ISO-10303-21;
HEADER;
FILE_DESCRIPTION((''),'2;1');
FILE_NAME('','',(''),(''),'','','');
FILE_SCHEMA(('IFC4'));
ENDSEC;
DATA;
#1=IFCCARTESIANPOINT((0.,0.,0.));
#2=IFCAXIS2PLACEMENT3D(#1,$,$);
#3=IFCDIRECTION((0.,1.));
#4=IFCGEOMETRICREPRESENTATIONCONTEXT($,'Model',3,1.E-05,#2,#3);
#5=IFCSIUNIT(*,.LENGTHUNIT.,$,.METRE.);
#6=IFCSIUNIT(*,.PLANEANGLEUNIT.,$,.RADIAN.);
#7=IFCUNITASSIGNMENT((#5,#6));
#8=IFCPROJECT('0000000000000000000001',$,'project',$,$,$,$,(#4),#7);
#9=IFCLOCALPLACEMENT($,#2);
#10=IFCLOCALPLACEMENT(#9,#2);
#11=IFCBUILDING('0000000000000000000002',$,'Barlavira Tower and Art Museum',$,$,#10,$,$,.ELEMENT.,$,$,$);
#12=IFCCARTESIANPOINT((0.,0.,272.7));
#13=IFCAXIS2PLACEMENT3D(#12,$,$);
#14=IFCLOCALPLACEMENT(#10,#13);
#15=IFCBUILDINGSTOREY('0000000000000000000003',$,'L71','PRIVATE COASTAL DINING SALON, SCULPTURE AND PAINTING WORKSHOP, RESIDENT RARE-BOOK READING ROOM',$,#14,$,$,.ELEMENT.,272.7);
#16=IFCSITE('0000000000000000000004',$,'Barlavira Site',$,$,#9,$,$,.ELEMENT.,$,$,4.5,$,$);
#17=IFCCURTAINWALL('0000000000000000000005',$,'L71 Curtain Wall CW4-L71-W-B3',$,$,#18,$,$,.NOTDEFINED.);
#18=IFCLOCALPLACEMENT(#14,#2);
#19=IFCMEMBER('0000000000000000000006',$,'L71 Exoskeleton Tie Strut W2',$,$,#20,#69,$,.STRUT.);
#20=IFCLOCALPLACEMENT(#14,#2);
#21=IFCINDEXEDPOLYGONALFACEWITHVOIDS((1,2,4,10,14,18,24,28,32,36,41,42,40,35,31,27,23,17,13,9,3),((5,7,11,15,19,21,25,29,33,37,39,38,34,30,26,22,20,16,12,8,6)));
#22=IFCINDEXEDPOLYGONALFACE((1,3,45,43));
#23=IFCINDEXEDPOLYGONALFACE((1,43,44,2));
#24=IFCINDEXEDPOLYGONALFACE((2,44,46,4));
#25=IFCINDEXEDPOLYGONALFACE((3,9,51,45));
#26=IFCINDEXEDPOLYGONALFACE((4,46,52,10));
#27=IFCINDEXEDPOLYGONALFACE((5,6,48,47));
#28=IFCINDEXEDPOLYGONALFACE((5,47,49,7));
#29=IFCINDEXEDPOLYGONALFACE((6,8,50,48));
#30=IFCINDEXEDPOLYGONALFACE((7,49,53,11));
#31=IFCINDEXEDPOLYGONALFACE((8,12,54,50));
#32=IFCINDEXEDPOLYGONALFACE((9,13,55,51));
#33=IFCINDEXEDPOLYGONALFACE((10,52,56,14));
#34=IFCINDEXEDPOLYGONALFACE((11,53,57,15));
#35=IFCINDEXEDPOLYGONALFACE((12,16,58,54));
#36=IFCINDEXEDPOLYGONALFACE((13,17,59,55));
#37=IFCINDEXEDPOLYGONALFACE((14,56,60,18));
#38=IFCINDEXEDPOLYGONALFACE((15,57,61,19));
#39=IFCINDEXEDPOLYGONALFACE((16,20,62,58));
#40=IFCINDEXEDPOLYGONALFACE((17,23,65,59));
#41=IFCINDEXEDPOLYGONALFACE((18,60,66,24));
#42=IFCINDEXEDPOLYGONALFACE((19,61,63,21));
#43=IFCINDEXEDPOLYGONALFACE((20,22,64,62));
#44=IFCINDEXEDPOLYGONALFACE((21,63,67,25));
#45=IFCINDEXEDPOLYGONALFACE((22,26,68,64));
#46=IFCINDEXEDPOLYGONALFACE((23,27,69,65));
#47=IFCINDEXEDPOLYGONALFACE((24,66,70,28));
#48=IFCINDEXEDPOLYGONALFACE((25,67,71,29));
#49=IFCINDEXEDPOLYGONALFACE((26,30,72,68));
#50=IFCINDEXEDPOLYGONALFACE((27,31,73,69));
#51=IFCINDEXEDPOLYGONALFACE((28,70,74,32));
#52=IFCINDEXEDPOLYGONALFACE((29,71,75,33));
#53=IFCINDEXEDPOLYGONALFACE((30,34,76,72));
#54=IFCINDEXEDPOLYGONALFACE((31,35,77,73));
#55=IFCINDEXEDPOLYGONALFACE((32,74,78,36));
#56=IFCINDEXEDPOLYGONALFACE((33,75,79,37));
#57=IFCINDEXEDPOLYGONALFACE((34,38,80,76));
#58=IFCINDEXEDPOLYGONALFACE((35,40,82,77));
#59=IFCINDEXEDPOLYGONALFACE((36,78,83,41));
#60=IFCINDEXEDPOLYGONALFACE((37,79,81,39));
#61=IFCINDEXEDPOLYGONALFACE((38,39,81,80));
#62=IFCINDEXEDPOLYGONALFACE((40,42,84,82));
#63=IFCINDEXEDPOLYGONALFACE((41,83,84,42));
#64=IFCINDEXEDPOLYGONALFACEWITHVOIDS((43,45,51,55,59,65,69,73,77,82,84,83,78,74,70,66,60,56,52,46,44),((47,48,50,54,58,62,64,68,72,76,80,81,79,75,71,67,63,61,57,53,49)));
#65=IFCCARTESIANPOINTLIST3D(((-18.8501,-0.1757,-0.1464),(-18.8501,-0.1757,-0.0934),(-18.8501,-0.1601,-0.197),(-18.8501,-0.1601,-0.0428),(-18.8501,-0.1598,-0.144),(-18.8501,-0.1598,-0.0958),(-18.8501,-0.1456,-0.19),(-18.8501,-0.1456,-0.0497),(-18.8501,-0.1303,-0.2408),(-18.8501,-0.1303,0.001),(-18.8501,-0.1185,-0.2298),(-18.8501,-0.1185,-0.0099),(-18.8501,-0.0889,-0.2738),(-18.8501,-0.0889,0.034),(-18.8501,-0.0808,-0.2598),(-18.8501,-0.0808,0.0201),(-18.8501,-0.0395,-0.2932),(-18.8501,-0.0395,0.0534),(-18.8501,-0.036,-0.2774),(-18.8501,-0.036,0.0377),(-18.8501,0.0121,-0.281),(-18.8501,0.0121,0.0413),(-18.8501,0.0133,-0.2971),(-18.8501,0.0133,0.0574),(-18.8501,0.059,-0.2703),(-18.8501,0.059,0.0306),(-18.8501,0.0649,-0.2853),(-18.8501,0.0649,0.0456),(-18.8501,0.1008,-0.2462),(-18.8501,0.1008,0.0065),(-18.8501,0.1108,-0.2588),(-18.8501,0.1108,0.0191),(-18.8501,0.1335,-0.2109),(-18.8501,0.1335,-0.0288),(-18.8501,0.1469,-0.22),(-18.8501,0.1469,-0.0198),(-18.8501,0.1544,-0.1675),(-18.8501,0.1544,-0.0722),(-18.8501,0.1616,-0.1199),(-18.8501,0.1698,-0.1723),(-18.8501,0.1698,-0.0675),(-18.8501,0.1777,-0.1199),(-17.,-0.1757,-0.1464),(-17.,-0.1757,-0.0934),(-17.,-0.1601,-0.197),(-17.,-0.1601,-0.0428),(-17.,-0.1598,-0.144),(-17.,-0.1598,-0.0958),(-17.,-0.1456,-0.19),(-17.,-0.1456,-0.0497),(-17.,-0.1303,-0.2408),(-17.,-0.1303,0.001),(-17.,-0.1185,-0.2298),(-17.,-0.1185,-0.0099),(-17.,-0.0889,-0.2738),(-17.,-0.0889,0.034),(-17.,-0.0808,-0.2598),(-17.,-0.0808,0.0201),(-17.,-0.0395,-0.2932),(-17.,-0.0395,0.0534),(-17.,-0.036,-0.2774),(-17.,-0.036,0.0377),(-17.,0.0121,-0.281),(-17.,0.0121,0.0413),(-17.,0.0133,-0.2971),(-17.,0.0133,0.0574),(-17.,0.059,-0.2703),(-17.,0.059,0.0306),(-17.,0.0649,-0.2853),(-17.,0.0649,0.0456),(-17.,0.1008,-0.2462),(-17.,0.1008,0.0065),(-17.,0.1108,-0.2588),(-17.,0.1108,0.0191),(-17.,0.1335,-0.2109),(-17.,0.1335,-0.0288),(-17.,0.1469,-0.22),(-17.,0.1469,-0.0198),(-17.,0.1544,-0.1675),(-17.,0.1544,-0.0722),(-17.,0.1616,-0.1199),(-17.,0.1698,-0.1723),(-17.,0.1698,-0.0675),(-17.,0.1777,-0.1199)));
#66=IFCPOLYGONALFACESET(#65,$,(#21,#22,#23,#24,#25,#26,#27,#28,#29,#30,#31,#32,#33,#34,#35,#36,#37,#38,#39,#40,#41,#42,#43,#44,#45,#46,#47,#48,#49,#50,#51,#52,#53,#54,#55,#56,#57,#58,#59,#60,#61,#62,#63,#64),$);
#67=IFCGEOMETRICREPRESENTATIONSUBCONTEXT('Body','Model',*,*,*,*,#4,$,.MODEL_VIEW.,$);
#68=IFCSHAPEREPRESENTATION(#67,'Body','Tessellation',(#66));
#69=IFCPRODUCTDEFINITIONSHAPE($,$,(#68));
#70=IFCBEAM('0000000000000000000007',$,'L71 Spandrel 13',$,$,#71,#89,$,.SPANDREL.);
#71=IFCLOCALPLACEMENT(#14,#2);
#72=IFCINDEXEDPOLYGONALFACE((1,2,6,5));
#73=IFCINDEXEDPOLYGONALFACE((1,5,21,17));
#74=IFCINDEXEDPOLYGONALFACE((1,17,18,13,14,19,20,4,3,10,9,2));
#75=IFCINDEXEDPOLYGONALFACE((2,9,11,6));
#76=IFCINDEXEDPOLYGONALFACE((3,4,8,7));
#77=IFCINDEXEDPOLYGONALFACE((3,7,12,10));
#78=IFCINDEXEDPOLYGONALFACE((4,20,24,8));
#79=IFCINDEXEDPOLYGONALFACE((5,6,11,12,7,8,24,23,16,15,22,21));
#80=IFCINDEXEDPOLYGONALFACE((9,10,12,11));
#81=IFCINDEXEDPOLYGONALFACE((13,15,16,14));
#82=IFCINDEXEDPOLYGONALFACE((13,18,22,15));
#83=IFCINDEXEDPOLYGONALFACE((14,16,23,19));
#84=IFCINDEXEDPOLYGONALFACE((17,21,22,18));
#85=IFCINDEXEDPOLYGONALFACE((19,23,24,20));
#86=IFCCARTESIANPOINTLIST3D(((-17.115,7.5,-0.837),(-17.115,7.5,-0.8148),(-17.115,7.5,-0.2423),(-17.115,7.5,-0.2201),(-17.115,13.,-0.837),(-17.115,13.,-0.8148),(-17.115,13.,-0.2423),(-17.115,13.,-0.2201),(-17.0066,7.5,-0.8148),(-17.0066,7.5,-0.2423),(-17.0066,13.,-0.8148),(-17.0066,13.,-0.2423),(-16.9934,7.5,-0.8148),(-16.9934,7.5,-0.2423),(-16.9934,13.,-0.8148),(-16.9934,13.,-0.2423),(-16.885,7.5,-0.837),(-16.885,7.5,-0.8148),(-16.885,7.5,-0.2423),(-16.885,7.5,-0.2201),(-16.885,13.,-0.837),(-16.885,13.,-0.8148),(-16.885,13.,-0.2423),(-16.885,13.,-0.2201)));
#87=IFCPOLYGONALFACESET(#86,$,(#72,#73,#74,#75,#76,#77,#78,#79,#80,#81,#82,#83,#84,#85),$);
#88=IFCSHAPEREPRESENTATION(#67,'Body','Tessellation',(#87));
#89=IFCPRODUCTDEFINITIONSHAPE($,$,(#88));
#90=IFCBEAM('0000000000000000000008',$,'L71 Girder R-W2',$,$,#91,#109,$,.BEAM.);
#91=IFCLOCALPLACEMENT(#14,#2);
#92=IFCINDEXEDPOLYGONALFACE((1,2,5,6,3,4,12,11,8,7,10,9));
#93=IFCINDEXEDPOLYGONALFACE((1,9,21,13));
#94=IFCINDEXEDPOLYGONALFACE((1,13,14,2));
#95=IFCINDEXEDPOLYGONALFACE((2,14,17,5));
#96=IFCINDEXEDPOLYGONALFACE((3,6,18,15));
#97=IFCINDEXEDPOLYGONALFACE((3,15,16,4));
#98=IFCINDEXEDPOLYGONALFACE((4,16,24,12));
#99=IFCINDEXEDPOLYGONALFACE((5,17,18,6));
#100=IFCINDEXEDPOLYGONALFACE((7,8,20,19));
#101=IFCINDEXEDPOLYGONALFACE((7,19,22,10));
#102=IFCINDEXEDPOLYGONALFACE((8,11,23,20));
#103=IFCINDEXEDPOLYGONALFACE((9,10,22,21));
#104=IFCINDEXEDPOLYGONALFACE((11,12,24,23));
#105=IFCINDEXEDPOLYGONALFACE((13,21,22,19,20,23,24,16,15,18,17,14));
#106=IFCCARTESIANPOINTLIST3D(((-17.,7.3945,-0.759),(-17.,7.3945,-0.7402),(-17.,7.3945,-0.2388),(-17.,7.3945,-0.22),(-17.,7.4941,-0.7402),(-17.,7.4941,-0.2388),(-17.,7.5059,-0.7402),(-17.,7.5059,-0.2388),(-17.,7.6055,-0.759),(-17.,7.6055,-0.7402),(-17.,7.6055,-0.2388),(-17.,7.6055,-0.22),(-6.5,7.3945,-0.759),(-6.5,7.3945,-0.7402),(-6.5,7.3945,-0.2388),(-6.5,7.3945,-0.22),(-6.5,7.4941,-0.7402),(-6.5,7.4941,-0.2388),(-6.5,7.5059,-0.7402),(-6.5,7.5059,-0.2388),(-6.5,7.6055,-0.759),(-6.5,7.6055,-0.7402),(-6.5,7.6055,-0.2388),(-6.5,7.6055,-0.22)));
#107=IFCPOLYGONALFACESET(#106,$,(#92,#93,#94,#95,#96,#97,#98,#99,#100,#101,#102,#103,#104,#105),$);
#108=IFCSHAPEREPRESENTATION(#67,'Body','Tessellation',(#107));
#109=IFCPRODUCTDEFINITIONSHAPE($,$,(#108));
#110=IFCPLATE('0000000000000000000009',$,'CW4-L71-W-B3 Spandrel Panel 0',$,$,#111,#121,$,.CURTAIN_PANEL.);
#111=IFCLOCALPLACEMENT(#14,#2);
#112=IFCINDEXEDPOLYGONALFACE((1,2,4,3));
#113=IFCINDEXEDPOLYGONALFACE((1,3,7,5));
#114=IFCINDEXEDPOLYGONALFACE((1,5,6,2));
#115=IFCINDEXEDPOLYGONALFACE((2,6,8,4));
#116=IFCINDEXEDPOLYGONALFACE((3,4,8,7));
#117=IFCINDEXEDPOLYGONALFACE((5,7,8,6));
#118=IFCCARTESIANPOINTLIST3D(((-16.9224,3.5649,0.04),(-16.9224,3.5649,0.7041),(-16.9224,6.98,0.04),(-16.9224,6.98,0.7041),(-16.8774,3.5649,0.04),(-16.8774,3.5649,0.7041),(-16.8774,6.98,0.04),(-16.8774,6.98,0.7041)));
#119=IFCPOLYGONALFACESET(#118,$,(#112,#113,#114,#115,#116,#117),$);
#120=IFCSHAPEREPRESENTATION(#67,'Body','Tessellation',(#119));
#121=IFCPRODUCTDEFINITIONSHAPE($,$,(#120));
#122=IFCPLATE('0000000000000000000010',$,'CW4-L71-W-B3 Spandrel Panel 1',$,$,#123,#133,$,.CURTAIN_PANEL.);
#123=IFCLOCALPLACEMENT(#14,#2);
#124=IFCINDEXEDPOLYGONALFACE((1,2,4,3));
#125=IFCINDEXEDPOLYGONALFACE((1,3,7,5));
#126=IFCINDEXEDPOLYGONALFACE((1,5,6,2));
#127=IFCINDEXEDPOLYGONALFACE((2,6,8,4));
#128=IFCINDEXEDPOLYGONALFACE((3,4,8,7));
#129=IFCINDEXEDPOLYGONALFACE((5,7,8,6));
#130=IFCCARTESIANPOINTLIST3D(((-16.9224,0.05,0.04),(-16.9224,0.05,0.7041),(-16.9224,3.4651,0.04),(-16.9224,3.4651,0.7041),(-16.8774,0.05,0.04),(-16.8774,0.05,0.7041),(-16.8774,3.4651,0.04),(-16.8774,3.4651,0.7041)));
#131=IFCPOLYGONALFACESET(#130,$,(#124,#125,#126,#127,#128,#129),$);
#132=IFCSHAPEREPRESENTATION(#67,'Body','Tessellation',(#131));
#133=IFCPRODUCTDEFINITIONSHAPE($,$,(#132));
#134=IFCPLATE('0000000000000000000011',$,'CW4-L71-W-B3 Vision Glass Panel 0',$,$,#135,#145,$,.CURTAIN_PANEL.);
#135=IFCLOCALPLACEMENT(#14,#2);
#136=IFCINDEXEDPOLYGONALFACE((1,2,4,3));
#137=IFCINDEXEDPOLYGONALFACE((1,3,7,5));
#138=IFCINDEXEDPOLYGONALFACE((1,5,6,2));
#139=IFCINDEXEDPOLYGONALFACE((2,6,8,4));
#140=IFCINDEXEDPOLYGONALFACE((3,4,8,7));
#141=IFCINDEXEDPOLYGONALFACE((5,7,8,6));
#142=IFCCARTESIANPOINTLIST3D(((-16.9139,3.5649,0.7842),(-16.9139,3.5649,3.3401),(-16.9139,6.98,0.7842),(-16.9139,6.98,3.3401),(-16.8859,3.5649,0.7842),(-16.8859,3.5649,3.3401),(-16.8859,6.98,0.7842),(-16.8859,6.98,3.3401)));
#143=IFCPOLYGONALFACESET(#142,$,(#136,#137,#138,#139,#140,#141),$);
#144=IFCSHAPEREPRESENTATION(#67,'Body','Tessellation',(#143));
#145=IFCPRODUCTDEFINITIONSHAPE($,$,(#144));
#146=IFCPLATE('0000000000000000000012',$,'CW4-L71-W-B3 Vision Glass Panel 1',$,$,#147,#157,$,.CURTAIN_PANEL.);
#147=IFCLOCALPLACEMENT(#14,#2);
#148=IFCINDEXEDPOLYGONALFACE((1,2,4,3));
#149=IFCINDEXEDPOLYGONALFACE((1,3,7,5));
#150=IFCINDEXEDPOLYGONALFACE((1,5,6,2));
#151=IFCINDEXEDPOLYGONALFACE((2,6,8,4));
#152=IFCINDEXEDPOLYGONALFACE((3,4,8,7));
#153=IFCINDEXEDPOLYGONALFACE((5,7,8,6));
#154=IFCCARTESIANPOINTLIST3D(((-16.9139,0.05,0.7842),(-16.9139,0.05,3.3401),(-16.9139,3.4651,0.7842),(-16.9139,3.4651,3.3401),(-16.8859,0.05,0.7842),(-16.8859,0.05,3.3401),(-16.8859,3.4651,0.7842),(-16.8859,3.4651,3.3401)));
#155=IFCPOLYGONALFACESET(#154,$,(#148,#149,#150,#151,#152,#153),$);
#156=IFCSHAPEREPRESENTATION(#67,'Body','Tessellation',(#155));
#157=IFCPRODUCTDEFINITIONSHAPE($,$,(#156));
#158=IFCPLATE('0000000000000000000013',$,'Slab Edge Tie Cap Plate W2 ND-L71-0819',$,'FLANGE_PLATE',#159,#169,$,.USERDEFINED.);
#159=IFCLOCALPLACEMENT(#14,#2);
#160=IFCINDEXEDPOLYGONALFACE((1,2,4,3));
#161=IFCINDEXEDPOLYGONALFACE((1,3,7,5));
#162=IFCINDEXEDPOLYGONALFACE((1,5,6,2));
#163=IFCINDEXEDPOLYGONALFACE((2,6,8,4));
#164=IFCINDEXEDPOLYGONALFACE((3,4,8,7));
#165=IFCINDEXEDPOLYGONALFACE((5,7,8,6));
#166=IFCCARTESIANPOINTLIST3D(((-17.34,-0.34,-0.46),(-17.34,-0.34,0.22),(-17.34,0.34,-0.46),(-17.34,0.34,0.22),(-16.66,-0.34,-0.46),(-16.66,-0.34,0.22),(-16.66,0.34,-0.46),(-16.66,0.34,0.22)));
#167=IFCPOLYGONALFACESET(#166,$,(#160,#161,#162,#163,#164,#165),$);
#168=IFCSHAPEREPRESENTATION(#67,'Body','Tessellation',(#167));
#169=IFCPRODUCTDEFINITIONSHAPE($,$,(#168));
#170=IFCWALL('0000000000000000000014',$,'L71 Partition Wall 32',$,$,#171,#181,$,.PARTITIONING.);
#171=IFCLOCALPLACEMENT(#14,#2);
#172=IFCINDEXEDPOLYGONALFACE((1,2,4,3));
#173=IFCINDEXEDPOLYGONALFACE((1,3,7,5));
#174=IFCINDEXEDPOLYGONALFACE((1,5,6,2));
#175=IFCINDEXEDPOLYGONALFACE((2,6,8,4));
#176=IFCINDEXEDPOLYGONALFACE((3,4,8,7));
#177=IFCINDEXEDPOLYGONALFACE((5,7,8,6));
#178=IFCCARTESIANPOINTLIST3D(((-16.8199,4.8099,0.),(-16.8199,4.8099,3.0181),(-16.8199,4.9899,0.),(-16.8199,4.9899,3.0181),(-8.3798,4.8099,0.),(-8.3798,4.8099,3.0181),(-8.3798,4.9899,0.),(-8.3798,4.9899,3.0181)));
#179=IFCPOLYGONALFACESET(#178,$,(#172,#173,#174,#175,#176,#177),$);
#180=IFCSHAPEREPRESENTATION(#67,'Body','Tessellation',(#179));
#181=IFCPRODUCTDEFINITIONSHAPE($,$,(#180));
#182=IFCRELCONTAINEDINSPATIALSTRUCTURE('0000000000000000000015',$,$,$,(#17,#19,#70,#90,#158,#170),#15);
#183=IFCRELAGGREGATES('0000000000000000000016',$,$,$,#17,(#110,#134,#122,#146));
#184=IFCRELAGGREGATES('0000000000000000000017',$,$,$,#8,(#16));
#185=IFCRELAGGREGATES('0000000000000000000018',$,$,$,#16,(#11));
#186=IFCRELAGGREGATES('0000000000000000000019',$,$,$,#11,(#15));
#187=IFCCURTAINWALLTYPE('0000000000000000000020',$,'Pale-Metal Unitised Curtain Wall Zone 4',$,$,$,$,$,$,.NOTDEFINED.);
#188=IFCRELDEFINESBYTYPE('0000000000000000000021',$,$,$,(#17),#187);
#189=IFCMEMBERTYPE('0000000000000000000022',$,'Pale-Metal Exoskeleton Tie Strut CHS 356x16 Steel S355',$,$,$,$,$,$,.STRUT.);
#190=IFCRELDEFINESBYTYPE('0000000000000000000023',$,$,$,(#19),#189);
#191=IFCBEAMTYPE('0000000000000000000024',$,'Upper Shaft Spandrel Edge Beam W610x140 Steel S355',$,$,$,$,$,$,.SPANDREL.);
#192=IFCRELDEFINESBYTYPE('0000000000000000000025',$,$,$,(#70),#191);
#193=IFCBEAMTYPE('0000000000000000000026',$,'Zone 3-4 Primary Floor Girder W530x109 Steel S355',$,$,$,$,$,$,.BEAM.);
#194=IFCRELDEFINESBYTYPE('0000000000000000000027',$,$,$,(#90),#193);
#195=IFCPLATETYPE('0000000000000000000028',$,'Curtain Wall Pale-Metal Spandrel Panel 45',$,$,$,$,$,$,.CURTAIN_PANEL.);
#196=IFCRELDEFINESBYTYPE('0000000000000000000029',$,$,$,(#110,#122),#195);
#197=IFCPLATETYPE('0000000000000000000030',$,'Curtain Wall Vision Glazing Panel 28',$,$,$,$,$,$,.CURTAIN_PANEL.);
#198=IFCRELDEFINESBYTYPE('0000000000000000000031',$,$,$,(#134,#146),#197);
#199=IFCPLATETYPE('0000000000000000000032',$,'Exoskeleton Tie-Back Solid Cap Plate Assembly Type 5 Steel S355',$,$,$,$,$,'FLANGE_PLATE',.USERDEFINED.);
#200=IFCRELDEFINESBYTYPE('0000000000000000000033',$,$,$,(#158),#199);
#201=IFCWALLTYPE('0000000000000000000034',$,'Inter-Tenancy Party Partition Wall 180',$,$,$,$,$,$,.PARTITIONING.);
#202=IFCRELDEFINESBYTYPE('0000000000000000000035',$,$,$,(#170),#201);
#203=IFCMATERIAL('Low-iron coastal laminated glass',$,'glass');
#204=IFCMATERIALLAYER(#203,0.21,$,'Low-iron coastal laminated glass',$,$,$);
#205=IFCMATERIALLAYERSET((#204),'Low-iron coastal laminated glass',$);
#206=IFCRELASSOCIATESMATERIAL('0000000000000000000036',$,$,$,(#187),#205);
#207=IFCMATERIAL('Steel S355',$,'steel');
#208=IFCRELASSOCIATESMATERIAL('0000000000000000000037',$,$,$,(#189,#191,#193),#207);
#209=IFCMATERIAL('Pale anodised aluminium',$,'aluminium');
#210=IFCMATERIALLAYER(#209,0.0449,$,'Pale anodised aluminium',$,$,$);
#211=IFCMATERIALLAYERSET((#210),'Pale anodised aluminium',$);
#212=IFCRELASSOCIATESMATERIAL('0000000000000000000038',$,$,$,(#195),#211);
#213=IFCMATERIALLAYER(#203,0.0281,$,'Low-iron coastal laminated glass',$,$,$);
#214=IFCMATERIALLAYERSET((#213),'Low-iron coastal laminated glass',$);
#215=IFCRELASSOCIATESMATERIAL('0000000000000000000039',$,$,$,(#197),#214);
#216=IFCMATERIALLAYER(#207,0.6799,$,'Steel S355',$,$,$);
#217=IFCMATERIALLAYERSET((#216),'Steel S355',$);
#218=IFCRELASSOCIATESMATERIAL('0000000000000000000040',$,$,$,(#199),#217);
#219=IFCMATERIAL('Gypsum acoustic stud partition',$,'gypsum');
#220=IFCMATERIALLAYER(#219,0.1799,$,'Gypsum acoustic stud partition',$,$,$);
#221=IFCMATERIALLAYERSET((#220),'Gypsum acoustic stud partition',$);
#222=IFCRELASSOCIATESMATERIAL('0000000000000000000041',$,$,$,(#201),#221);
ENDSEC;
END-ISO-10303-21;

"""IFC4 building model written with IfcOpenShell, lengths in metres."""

from ifc_helpers import new_model, si_unit, direction, frame, frame_2d, origin, origin_2d, place, context, subcontext, project, spatial, rectangle, hollow_circle, i_section, extrude, material, layer, layer_set, material_profile, profile_set, type_object, element, aggregate, save


model = new_model("IFC4")

# Units and contexts
model_context = context("Model", 3, precision=1e-05, world=origin(), true_north=direction((0.0, 1.0)))
body_context = subcontext(model_context, "Body", "Model", "MODEL_VIEW")
ifc_project = project(units=[si_unit("LENGTHUNIT", "METRE"), si_unit("PLANEANGLEUNIT", "RADIAN")], contexts=[model_context])

# Site, building, storey
site_placement = place(None, origin())
site = spatial("IfcSite", under=ifc_project, at=site_placement, Name="Barlavira Site", CompositionType="ELEMENT", RefElevation=4.5)
building_placement = place(site_placement, origin())
building = spatial("IfcBuilding", under=site, at=building_placement, Name="Barlavira Tower and Art Museum", CompositionType="ELEMENT")
storey_placement = place(building_placement, frame((0.0, 0.0, 272.7)))
storey = spatial("IfcBuildingStorey", under=building, at=storey_placement, Name="L71", Description="PRIVATE COASTAL DINING SALON, SCULPTURE AND PAINTING WORKSHOP, RESIDENT RARE-BOOK READING ROOM", CompositionType="ELEMENT", Elevation=272.7)

# Curtain wall
ifc_material_1 = material(Name="Low-iron coastal laminated glass", Category="glass")
ifc_layer_1 = layer(ifc_material_1, 0.21, Name="Low-iron coastal laminated glass")
ifc_layer_set_1 = layer_set([ifc_layer_1], Name="Low-iron coastal laminated glass")
curtain_wall_type = type_object("IfcCurtainWallType", Name="Pale-Metal Unitised Curtain Wall Zone 4", PredefinedType="NOTDEFINED", material=ifc_layer_set_1)
curtain_wall_placement = place(storey_placement, origin())
curtain_wall = element("IfcCurtainWall", 1, at=curtain_wall_placement, inside=storey, type_object=curtain_wall_type, Name="L71 Curtain Wall CW4-L71-W-B3", PredefinedType="NOTDEFINED")
ifc_material_2 = material(Name="Pale anodised aluminium", Category="aluminium")

# Member
ifc_material_3 = material(Name="Steel S355", Category="steel")
ifc_material_profile_1 = material_profile(ifc_material_3, hollow_circle(Radius=0.1777, WallThickness=0.0161, at=origin_2d()), Name="CHS 355.6x16.0")
ifc_profile_set_1 = profile_set([ifc_material_profile_1], Name="Steel S355")
member_type_1 = type_object("IfcMemberType", Name="Pale-Metal Exoskeleton Tie Strut CHS 356x16 Steel S355", PredefinedType="STRUT", material=ifc_profile_set_1)
member_1_placement = place(storey_placement, frame((-18.8501, 0.0, -0.1199), z_axis=(1.0, 0.0, 0.0), x_axis=(0.0, 1.0, 0.0)))
element("IfcMember", 2, at=member_1_placement, inside=storey, type_object=member_type_1, Name="L71 Exoskeleton Tie Strut W2", PredefinedType="STRUT", context=body_context, shape_type="SweptSolid", body=[
    extrude(hollow_circle(Radius=0.1777, WallThickness=0.0161, at=origin_2d()), origin(), (0.0, 0.0, 1.0), 1.8501),
])

# Beams
ifc_material_profile_2 = material_profile(ifc_material_3, i_section(OverallWidth=0.23, OverallDepth=0.6169, WebThickness=0.0132, FlangeThickness=0.0222, at=origin_2d()), Name="W610x140.0")
ifc_profile_set_2 = profile_set([ifc_material_profile_2], Name="Steel S355")
beam_type_1 = type_object("IfcBeamType", Name="Upper Shaft Spandrel Edge Beam W610x140 Steel S355", PredefinedType="SPANDREL", material=ifc_profile_set_2)
beam_1_placement = place(storey_placement, frame((-17.0, 7.5, -0.5286), z_axis=(0.0, 1.0, 0.0), x_axis=(-1.0, 0.0, 0.0)))
element("IfcBeam", 3, at=beam_1_placement, inside=storey, type_object=beam_type_1, Name="L71 Spandrel 13", PredefinedType="SPANDREL", context=body_context, shape_type="SweptSolid", body=[
    extrude(i_section(OverallWidth=0.23, OverallDepth=0.6169, WebThickness=0.0132, FlangeThickness=0.0222, at=origin_2d()), origin(), (0.0, 0.0, 1.0), 5.5),
])
ifc_material_profile_3 = material_profile(ifc_material_3, i_section(OverallWidth=0.2109, OverallDepth=0.5391, WebThickness=0.0117, FlangeThickness=0.0188, at=origin_2d()), Name="W530x109.0")
ifc_profile_set_3 = profile_set([ifc_material_profile_3], Name="Steel S355")
beam_type_2 = type_object("IfcBeamType", Name="Zone 3-4 Primary Floor Girder W530x109 Steel S355", PredefinedType="BEAM", material=ifc_profile_set_3)
beam_2_placement = place(storey_placement, frame((-17.0, 7.5, -0.4895), z_axis=(1.0, 0.0, 0.0), x_axis=(0.0, 1.0, 0.0)))
element("IfcBeam", 4, at=beam_2_placement, inside=storey, type_object=beam_type_2, Name="L71 Girder R-W2", PredefinedType="BEAM", context=body_context, shape_type="SweptSolid", body=[
    extrude(i_section(OverallWidth=0.2109, OverallDepth=0.5391, WebThickness=0.0117, FlangeThickness=0.0188, at=origin_2d()), origin(), (0.0, 0.0, 1.0), 10.5),
])

# Plates
ifc_layer_2 = layer(ifc_material_2, 0.0449, Name="Pale anodised aluminium")
ifc_layer_set_2 = layer_set([ifc_layer_2], Name="Pale anodised aluminium")
plate_type_1 = type_object("IfcPlateType", Name="Curtain Wall Pale-Metal Spandrel Panel 45", PredefinedType="CURTAIN_PANEL", material=ifc_layer_set_2)
plate_1_placement = place(storey_placement, frame((-16.8999, 5.2725, 0.04), z_axis=(0.0, 0.0, 1.0), x_axis=(0.0, -1.0, 0.0)))
plate_1 = element("IfcPlate", 5, at=plate_1_placement, type_object=plate_type_1, Name="CW4-L71-W-B3 Spandrel Panel 0", PredefinedType="CURTAIN_PANEL", context=body_context, shape_type="SweptSolid", body=[
    extrude(rectangle(XDim=3.415, YDim=0.0449, at=origin_2d()), origin(), (0.0, 0.0, 1.0), 0.6641),
])
plate_2_placement = place(storey_placement, frame((-16.8999, 1.7576, 0.04), z_axis=(0.0, 0.0, 1.0), x_axis=(0.0, -1.0, 0.0)))
plate_2 = element("IfcPlate", 6, at=plate_2_placement, type_object=plate_type_1, Name="CW4-L71-W-B3 Spandrel Panel 1", PredefinedType="CURTAIN_PANEL", context=body_context, shape_type="SweptSolid", body=[
    extrude(rectangle(XDim=3.415, YDim=0.0449, at=origin_2d()), origin(), (0.0, 0.0, 1.0), 0.6641),
])
ifc_layer_3 = layer(ifc_material_1, 0.0281, Name="Low-iron coastal laminated glass")
ifc_layer_set_3 = layer_set([ifc_layer_3], Name="Low-iron coastal laminated glass")
plate_type_2 = type_object("IfcPlateType", Name="Curtain Wall Vision Glazing Panel 28", PredefinedType="CURTAIN_PANEL", material=ifc_layer_set_3)
plate_3_placement = place(storey_placement, frame((-16.8999, 5.2725, 0.7842), z_axis=(0.0, 0.0, 1.0), x_axis=(0.0, -1.0, 0.0)))
plate_3 = element("IfcPlate", 7, at=plate_3_placement, type_object=plate_type_2, Name="CW4-L71-W-B3 Vision Glass Panel 0", PredefinedType="CURTAIN_PANEL", context=body_context, shape_type="SweptSolid", body=[
    extrude(rectangle(XDim=3.415, YDim=0.0281, at=origin_2d()), origin(), (0.0, 0.0, 1.0), 2.5559),
])
plate_4_placement = place(storey_placement, frame((-16.8999, 1.7576, 0.7842), z_axis=(0.0, 0.0, 1.0), x_axis=(0.0, -1.0, 0.0)))
plate_4 = element("IfcPlate", 8, at=plate_4_placement, type_object=plate_type_2, Name="CW4-L71-W-B3 Vision Glass Panel 1", PredefinedType="CURTAIN_PANEL", context=body_context, shape_type="SweptSolid", body=[
    extrude(rectangle(XDim=3.415, YDim=0.0281, at=origin_2d()), origin(), (0.0, 0.0, 1.0), 2.5559),
])
aggregate(curtain_wall, [plate_1, plate_3, plate_2, plate_4])
ifc_layer_4 = layer(ifc_material_3, 0.6799, Name="Steel S355")
ifc_layer_set_4 = layer_set([ifc_layer_4], Name="Steel S355")
plate_type_3 = type_object("IfcPlateType", Name="Exoskeleton Tie-Back Solid Cap Plate Assembly Type 5 Steel S355", ElementType="FLANGE_PLATE", PredefinedType="USERDEFINED", material=ifc_layer_set_4)
plate_5_placement = place(storey_placement, frame((-17.0, 0.0, -0.46), z_axis=(0.0, 0.0, 1.0), x_axis=(1.0, 0.0, 0.0)))
element("IfcPlate", 9, at=plate_5_placement, inside=storey, type_object=plate_type_3, Name="Slab Edge Tie Cap Plate W2 ND-L71-0819", ObjectType="FLANGE_PLATE", PredefinedType="USERDEFINED", context=body_context, shape_type="SweptSolid", body=[
    extrude(rectangle(XDim=0.6799, YDim=0.6799, at=origin_2d()), origin(), (0.0, 0.0, 1.0), 0.6799),
])

# Wall
ifc_material_4 = material(Name="Gypsum acoustic stud partition", Category="gypsum")
ifc_layer_5 = layer(ifc_material_4, 0.1799, Name="Gypsum acoustic stud partition")
ifc_layer_set_5 = layer_set([ifc_layer_5], Name="Gypsum acoustic stud partition")
wall_type = type_object("IfcWallType", Name="Inter-Tenancy Party Partition Wall 180", PredefinedType="PARTITIONING", material=ifc_layer_set_5)
wall_1_placement = place(storey_placement, frame((-16.8201, 4.8999, 0.0), z_axis=(0.0, 0.0, 1.0), x_axis=(1.0, 0.0, 0.0)))
element("IfcWall", 10, at=wall_1_placement, inside=storey, type_object=wall_type, Name="L71 Partition Wall 32", PredefinedType="PARTITIONING", context=body_context, shape_type="SweptSolid", body=[
    extrude(rectangle(XDim=8.4402, YDim=0.1799, at=frame_2d((4.2202, 0.0))), origin(), (0.0, 0.0, 1.0), 3.0181),
])

save(model, "model.ifc")
